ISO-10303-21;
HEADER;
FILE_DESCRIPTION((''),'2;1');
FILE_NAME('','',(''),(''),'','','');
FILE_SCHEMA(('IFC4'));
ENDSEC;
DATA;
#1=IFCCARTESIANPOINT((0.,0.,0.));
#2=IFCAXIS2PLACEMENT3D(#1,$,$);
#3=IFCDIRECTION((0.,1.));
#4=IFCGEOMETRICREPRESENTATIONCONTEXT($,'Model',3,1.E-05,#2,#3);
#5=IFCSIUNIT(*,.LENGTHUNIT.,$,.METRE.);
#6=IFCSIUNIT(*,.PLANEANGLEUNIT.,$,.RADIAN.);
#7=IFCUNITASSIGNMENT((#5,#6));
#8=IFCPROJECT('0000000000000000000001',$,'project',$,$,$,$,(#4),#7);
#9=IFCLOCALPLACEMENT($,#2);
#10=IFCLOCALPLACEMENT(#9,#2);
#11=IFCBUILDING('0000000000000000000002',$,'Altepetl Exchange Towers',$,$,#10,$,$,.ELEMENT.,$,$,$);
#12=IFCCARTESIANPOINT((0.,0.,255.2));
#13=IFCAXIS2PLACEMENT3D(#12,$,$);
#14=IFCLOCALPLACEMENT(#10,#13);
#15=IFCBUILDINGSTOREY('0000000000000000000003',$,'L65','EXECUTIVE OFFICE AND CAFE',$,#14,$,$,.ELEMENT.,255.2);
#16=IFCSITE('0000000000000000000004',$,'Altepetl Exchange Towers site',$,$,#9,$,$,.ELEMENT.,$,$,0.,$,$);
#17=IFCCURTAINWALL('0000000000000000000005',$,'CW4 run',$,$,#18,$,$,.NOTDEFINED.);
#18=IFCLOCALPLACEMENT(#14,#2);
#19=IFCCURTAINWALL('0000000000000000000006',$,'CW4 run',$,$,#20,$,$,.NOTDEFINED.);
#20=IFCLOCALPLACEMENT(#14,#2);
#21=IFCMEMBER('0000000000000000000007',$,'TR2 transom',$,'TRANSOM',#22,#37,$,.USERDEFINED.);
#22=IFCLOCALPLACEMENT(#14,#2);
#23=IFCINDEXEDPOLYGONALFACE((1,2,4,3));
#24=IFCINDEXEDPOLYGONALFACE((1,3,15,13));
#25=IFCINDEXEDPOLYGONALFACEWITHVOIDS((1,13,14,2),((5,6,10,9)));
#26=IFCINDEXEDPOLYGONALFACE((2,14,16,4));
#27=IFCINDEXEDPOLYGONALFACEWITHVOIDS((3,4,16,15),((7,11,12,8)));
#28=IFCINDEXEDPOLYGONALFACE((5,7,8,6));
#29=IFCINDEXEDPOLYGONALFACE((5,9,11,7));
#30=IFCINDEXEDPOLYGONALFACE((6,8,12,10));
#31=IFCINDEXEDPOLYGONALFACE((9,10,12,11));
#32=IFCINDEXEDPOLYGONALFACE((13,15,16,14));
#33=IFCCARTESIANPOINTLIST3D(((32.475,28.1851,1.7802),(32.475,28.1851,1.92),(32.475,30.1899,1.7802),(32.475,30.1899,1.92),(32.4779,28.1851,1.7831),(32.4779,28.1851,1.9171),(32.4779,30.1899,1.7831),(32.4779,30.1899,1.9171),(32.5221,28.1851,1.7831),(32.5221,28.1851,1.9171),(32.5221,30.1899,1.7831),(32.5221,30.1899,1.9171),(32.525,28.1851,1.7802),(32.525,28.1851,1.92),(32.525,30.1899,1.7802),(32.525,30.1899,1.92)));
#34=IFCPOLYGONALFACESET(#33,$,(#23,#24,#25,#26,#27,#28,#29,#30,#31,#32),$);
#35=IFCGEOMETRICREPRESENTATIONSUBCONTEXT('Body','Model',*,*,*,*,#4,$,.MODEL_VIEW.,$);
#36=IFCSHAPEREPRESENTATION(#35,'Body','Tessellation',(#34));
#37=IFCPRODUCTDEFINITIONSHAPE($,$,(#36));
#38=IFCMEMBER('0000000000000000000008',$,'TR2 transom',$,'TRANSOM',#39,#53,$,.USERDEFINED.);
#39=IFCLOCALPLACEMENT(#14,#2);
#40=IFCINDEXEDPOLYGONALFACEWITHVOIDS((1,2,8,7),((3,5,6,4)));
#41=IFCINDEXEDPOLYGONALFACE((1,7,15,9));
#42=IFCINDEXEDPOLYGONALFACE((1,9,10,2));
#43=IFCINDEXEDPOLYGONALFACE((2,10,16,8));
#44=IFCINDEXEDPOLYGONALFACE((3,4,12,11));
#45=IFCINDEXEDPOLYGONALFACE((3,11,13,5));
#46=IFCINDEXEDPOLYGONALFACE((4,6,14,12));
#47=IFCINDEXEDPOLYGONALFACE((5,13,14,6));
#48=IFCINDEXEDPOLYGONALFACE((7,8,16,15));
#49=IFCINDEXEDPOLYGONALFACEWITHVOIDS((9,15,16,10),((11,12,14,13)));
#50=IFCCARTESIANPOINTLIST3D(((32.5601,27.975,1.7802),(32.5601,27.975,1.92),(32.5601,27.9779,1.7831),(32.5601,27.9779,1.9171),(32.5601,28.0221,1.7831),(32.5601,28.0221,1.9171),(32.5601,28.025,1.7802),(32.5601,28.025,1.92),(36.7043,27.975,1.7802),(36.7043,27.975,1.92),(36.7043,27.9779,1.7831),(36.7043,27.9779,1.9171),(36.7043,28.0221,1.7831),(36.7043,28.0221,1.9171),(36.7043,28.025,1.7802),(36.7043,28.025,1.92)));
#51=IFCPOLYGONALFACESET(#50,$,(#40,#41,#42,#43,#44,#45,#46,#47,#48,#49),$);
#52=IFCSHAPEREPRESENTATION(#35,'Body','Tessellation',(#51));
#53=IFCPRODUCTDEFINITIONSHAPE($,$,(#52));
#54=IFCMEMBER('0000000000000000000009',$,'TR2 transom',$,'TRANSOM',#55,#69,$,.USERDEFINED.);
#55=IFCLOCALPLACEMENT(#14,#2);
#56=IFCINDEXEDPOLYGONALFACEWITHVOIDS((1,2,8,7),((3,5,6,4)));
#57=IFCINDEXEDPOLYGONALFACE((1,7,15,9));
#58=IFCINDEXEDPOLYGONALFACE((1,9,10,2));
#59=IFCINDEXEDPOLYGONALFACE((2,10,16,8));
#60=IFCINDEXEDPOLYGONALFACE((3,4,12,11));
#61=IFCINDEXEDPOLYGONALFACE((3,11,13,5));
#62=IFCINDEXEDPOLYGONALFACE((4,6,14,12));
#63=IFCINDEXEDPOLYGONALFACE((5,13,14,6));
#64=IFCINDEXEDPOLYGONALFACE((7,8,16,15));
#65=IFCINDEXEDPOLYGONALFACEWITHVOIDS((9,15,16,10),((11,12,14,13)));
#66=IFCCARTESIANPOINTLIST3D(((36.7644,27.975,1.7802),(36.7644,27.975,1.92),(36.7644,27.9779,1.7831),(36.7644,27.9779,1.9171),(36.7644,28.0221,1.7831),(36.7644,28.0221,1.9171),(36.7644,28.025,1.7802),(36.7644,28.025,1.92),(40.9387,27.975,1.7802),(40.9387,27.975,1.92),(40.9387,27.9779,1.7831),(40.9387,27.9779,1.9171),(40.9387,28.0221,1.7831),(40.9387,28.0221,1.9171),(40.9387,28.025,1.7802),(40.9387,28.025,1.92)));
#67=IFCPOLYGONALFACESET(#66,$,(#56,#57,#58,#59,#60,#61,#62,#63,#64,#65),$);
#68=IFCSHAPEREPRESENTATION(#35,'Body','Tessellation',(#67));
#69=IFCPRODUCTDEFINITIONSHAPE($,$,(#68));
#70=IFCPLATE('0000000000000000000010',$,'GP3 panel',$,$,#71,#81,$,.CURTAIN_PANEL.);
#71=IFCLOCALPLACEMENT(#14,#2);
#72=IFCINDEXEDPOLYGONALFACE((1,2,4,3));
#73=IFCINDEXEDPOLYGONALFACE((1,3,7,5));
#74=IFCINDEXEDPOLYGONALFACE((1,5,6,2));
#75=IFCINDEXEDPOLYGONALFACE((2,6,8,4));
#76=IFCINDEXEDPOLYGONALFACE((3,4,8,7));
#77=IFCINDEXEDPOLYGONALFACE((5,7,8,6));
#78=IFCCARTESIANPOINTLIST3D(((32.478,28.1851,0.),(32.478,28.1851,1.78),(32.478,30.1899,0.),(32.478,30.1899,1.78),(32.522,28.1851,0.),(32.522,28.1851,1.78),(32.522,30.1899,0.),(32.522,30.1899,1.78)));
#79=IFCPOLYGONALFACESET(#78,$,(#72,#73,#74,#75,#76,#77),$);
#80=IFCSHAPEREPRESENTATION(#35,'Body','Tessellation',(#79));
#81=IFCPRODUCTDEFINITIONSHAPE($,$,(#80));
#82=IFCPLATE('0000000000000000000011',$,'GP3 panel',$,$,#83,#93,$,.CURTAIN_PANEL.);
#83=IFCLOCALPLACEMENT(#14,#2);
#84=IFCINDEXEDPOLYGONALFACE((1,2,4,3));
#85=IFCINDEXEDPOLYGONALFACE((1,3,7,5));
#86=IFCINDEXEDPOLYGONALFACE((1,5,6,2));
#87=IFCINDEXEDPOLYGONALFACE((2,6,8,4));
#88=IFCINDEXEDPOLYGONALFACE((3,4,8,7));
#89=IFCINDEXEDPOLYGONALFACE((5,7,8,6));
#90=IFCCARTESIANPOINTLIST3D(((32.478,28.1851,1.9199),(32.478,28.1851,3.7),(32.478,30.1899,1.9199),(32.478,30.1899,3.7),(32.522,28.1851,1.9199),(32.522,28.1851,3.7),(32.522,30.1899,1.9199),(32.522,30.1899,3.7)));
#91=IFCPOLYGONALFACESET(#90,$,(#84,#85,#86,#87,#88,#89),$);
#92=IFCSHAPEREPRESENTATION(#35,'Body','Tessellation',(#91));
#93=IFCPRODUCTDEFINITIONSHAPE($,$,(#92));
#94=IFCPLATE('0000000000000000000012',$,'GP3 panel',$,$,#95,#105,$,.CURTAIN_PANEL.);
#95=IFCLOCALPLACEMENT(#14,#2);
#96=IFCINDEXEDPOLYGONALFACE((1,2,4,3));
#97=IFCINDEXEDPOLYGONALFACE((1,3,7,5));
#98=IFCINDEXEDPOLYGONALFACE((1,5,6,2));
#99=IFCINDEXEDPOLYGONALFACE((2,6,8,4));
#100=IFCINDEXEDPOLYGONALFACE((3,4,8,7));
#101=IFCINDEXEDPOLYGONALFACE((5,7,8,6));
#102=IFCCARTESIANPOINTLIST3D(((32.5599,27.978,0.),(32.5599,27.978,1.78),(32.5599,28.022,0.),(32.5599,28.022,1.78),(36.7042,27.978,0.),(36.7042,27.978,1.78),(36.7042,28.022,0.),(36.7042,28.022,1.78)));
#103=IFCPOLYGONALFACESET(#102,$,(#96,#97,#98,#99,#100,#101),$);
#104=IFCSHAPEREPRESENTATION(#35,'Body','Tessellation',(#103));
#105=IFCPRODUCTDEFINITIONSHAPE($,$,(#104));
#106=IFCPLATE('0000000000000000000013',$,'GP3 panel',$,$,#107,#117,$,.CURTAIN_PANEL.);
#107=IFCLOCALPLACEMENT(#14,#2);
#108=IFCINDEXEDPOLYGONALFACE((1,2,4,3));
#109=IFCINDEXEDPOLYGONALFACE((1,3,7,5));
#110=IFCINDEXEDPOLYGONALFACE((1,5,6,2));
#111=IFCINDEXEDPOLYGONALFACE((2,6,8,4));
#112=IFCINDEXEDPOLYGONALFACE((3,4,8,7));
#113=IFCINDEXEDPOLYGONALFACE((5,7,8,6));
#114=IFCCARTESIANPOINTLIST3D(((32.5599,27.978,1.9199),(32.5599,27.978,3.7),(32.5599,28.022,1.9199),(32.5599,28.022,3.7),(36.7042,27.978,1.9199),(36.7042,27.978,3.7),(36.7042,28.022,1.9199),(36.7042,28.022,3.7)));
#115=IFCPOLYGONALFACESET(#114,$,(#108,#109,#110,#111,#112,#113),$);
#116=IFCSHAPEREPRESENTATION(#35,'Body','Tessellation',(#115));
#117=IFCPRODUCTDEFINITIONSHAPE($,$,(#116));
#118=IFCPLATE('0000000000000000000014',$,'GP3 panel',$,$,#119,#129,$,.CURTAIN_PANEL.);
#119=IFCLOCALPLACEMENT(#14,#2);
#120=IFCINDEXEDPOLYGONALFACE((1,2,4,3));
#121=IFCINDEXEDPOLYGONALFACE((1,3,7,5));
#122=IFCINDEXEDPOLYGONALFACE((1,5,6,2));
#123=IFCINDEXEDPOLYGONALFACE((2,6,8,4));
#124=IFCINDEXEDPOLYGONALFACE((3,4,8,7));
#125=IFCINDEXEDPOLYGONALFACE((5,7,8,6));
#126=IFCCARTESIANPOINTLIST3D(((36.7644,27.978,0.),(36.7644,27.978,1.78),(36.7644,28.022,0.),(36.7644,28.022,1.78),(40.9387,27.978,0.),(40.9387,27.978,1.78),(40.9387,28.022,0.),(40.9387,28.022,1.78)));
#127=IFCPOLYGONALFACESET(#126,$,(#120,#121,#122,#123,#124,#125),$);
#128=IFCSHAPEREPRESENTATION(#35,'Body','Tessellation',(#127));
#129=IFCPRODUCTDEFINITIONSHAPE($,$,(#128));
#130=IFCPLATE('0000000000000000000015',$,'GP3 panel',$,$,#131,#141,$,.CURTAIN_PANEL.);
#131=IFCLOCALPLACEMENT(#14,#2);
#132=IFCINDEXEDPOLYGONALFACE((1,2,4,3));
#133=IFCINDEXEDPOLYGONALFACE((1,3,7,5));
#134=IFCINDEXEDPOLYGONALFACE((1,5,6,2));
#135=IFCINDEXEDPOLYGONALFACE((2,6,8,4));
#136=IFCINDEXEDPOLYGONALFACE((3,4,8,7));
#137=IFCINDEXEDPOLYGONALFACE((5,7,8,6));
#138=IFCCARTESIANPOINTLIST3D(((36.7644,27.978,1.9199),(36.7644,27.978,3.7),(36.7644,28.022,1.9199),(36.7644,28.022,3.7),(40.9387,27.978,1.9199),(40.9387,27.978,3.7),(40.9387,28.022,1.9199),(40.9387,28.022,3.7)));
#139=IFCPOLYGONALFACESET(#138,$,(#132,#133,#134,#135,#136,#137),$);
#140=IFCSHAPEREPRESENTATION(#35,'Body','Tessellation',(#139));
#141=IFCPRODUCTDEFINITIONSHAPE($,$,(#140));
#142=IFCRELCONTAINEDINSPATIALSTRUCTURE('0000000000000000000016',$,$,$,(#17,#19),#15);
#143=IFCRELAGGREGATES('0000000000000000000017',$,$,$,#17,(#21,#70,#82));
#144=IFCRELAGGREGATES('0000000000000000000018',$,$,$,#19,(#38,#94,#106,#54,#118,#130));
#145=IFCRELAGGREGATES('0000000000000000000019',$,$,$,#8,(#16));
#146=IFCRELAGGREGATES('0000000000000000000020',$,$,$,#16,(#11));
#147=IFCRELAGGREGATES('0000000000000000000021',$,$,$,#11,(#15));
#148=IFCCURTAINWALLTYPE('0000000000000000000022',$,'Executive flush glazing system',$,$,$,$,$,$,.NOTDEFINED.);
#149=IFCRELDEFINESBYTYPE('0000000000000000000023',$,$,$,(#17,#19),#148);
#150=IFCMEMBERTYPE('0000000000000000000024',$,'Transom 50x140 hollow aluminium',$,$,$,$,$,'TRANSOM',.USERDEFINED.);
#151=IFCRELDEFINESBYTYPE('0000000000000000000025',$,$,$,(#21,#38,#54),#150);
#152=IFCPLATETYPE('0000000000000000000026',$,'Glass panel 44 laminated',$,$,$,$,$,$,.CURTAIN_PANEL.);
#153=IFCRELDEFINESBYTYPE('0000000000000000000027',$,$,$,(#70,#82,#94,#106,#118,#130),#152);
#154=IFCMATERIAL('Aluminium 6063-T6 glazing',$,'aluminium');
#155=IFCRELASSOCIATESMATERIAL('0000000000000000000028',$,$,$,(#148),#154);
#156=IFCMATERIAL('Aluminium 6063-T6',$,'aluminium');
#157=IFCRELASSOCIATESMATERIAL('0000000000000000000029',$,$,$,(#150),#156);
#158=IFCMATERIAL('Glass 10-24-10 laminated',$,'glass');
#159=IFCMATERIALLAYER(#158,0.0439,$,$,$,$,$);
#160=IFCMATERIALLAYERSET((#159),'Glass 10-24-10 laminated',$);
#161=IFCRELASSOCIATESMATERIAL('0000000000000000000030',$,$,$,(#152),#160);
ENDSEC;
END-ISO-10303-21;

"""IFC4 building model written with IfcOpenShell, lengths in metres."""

from ifc_helpers import new_model, si_unit, direction, frame, origin, origin_2d, place, context, subcontext, project, spatial, rectangle, hollow_rectangle, extrude, material, layer, layer_set, material_profile, profile_set, type_object, element, aggregate, save


model = new_model("IFC4")

# Units and contexts
model_context = context("Model", 3, precision=1e-05, world=origin(), true_north=direction((0.0, 1.0)))
body_context = subcontext(model_context, "Body", "Model", "MODEL_VIEW")
ifc_project = project(units=[si_unit("LENGTHUNIT", "METRE"), si_unit("PLANEANGLEUNIT", "RADIAN")], contexts=[model_context])

# Site, building, storey
site_placement = place(None, origin())
site = spatial("IfcSite", under=ifc_project, at=site_placement, Name="Altepetl Exchange Towers site", CompositionType="ELEMENT", RefElevation=0.0)
building_placement = place(site_placement, origin())
building = spatial("IfcBuilding", under=site, at=building_placement, Name="Altepetl Exchange Towers", CompositionType="ELEMENT")
storey_placement = place(building_placement, frame((0.0, 0.0, 255.2)))
storey = spatial("IfcBuildingStorey", under=building, at=storey_placement, Name="L65", Description="EXECUTIVE OFFICE AND CAFE", CompositionType="ELEMENT", Elevation=255.2)

# Shared definitions
ifc_material_1 = material(Name="Aluminium 6063-T6 glazing", Category="aluminium")
curtain_wall_type = type_object("IfcCurtainWallType", Name="Executive flush glazing system", PredefinedType="NOTDEFINED", material=ifc_material_1)
ifc_material_2 = material(Name="Aluminium 6063-T6", Category="aluminium")

# Curtain walls
curtain_wall_1_placement = place(storey_placement, origin())
curtain_wall_1 = element("IfcCurtainWall", 1, at=curtain_wall_1_placement, inside=storey, type_object=curtain_wall_type, Name="CW4 run", PredefinedType="NOTDEFINED")
curtain_wall_2_placement = place(storey_placement, origin())
curtain_wall_2 = element("IfcCurtainWall", 2, at=curtain_wall_2_placement, inside=storey, type_object=curtain_wall_type, Name="CW4 run", PredefinedType="NOTDEFINED")

# Members
ifc_material_profile_1 = material_profile(ifc_material_2, hollow_rectangle(XDim=0.05, YDim=0.1399, WallThickness=0.0029, at=origin_2d()), Name="Transom 50x140 hollow aluminium")
ifc_profile_set_1 = profile_set([ifc_material_profile_1], Name="Aluminium 6063-T6")
member_type_1 = type_object("IfcMemberType", Name="Transom 50x140 hollow aluminium", ElementType="TRANSOM", PredefinedType="USERDEFINED", material=ifc_profile_set_1)
member_1_placement = place(storey_placement, frame((32.5, 30.1899, 1.8501), z_axis=(0.0, -1.0, 0.0), x_axis=(1.0, 0.0, 0.0)))
member_1 = element("IfcMember", 3, at=member_1_placement, type_object=member_type_1, Name="TR2 transom", ObjectType="TRANSOM", PredefinedType="USERDEFINED", context=body_context, shape_type="SweptSolid", body=[
    extrude(hollow_rectangle(XDim=0.05, YDim=0.1399, WallThickness=0.0029, at=origin_2d()), origin(), (0.0, 0.0, 1.0), 2.0049),
])
member_2_placement = place(storey_placement, frame((32.5601, 28.0, 1.8501), z_axis=(1.0, 0.0, 0.0), x_axis=(0.0, 1.0, 0.0)))
member_2 = element("IfcMember", 4, at=member_2_placement, type_object=member_type_1, Name="TR2 transom", ObjectType="TRANSOM", PredefinedType="USERDEFINED", context=body_context, shape_type="SweptSolid", body=[
    extrude(hollow_rectangle(XDim=0.05, YDim=0.1399, WallThickness=0.0029, at=origin_2d()), origin(), (0.0, 0.0, 1.0), 4.1443),
])
member_3_placement = place(storey_placement, frame((36.7644, 28.0, 1.8501), z_axis=(1.0, 0.0, 0.0), x_axis=(0.0, 1.0, 0.0)))
member_3 = element("IfcMember", 5, at=member_3_placement, type_object=member_type_1, Name="TR2 transom", ObjectType="TRANSOM", PredefinedType="USERDEFINED", context=body_context, shape_type="SweptSolid", body=[
    extrude(hollow_rectangle(XDim=0.05, YDim=0.1399, WallThickness=0.0029, at=origin_2d()), origin(), (0.0, 0.0, 1.0), 4.1743),
])

# Plates
ifc_material_3 = material(Name="Glass 10-24-10 laminated", Category="glass")
ifc_layer_1 = layer(ifc_material_3, 0.0439)
ifc_layer_set_1 = layer_set([ifc_layer_1], Name="Glass 10-24-10 laminated")
plate_type = type_object("IfcPlateType", Name="Glass panel 44 laminated", PredefinedType="CURTAIN_PANEL", material=ifc_layer_set_1)
plate_1_placement = place(storey_placement, frame((32.5, 29.1875, 0.0), z_axis=(0.0, 0.0, 1.0), x_axis=(0.0, -1.0, 0.0)))
plate_1 = element("IfcPlate", 6, at=plate_1_placement, type_object=plate_type, Name="GP3 panel", PredefinedType="CURTAIN_PANEL", context=body_context, shape_type="SweptSolid", body=[
    extrude(rectangle(XDim=2.0049, YDim=0.0439, at=origin_2d()), origin(), (0.0, 0.0, 1.0), 1.78),
])
plate_2_placement = place(storey_placement, frame((32.5, 29.1875, 1.9199), z_axis=(0.0, 0.0, 1.0), x_axis=(0.0, -1.0, 0.0)))
plate_2 = element("IfcPlate", 7, at=plate_2_placement, type_object=plate_type, Name="GP3 panel", PredefinedType="CURTAIN_PANEL", context=body_context, shape_type="SweptSolid", body=[
    extrude(rectangle(XDim=2.0049, YDim=0.0439, at=origin_2d()), origin(), (0.0, 0.0, 1.0), 1.78),
])
aggregate(curtain_wall_1, [member_1, plate_1, plate_2])
plate_3_placement = place(storey_placement, frame((34.6321, 28.0, 0.0)))
plate_3 = element("IfcPlate", 8, at=plate_3_placement, type_object=plate_type, Name="GP3 panel", PredefinedType="CURTAIN_PANEL", context=body_context, shape_type="SweptSolid", body=[
    extrude(rectangle(XDim=4.1443, YDim=0.0439, at=origin_2d()), origin(), (0.0, 0.0, 1.0), 1.78),
])
plate_4_placement = place(storey_placement, frame((34.6321, 28.0, 1.9199)))
plate_4 = element("IfcPlate", 9, at=plate_4_placement, type_object=plate_type, Name="GP3 panel", PredefinedType="CURTAIN_PANEL", context=body_context, shape_type="SweptSolid", body=[
    extrude(rectangle(XDim=4.1443, YDim=0.0439, at=origin_2d()), origin(), (0.0, 0.0, 1.0), 1.78),
])
plate_5_placement = place(storey_placement, frame((38.8516, 28.0, 0.0)))
plate_5 = element("IfcPlate", 10, at=plate_5_placement, type_object=plate_type, Name="GP3 panel", PredefinedType="CURTAIN_PANEL", context=body_context, shape_type="SweptSolid", body=[
    extrude(rectangle(XDim=4.1743, YDim=0.0439, at=origin_2d()), origin(), (0.0, 0.0, 1.0), 1.78),
])
plate_6_placement = place(storey_placement, frame((38.8516, 28.0, 1.9199)))
plate_6 = element("IfcPlate", 11, at=plate_6_placement, type_object=plate_type, Name="GP3 panel", PredefinedType="CURTAIN_PANEL", context=body_context, shape_type="SweptSolid", body=[
    extrude(rectangle(XDim=4.1743, YDim=0.0439, at=origin_2d()), origin(), (0.0, 0.0, 1.0), 1.78),
])
aggregate(curtain_wall_2, [member_2, plate_3, plate_4, member_3, plate_5, plate_6])

save(model, "model.ifc")
